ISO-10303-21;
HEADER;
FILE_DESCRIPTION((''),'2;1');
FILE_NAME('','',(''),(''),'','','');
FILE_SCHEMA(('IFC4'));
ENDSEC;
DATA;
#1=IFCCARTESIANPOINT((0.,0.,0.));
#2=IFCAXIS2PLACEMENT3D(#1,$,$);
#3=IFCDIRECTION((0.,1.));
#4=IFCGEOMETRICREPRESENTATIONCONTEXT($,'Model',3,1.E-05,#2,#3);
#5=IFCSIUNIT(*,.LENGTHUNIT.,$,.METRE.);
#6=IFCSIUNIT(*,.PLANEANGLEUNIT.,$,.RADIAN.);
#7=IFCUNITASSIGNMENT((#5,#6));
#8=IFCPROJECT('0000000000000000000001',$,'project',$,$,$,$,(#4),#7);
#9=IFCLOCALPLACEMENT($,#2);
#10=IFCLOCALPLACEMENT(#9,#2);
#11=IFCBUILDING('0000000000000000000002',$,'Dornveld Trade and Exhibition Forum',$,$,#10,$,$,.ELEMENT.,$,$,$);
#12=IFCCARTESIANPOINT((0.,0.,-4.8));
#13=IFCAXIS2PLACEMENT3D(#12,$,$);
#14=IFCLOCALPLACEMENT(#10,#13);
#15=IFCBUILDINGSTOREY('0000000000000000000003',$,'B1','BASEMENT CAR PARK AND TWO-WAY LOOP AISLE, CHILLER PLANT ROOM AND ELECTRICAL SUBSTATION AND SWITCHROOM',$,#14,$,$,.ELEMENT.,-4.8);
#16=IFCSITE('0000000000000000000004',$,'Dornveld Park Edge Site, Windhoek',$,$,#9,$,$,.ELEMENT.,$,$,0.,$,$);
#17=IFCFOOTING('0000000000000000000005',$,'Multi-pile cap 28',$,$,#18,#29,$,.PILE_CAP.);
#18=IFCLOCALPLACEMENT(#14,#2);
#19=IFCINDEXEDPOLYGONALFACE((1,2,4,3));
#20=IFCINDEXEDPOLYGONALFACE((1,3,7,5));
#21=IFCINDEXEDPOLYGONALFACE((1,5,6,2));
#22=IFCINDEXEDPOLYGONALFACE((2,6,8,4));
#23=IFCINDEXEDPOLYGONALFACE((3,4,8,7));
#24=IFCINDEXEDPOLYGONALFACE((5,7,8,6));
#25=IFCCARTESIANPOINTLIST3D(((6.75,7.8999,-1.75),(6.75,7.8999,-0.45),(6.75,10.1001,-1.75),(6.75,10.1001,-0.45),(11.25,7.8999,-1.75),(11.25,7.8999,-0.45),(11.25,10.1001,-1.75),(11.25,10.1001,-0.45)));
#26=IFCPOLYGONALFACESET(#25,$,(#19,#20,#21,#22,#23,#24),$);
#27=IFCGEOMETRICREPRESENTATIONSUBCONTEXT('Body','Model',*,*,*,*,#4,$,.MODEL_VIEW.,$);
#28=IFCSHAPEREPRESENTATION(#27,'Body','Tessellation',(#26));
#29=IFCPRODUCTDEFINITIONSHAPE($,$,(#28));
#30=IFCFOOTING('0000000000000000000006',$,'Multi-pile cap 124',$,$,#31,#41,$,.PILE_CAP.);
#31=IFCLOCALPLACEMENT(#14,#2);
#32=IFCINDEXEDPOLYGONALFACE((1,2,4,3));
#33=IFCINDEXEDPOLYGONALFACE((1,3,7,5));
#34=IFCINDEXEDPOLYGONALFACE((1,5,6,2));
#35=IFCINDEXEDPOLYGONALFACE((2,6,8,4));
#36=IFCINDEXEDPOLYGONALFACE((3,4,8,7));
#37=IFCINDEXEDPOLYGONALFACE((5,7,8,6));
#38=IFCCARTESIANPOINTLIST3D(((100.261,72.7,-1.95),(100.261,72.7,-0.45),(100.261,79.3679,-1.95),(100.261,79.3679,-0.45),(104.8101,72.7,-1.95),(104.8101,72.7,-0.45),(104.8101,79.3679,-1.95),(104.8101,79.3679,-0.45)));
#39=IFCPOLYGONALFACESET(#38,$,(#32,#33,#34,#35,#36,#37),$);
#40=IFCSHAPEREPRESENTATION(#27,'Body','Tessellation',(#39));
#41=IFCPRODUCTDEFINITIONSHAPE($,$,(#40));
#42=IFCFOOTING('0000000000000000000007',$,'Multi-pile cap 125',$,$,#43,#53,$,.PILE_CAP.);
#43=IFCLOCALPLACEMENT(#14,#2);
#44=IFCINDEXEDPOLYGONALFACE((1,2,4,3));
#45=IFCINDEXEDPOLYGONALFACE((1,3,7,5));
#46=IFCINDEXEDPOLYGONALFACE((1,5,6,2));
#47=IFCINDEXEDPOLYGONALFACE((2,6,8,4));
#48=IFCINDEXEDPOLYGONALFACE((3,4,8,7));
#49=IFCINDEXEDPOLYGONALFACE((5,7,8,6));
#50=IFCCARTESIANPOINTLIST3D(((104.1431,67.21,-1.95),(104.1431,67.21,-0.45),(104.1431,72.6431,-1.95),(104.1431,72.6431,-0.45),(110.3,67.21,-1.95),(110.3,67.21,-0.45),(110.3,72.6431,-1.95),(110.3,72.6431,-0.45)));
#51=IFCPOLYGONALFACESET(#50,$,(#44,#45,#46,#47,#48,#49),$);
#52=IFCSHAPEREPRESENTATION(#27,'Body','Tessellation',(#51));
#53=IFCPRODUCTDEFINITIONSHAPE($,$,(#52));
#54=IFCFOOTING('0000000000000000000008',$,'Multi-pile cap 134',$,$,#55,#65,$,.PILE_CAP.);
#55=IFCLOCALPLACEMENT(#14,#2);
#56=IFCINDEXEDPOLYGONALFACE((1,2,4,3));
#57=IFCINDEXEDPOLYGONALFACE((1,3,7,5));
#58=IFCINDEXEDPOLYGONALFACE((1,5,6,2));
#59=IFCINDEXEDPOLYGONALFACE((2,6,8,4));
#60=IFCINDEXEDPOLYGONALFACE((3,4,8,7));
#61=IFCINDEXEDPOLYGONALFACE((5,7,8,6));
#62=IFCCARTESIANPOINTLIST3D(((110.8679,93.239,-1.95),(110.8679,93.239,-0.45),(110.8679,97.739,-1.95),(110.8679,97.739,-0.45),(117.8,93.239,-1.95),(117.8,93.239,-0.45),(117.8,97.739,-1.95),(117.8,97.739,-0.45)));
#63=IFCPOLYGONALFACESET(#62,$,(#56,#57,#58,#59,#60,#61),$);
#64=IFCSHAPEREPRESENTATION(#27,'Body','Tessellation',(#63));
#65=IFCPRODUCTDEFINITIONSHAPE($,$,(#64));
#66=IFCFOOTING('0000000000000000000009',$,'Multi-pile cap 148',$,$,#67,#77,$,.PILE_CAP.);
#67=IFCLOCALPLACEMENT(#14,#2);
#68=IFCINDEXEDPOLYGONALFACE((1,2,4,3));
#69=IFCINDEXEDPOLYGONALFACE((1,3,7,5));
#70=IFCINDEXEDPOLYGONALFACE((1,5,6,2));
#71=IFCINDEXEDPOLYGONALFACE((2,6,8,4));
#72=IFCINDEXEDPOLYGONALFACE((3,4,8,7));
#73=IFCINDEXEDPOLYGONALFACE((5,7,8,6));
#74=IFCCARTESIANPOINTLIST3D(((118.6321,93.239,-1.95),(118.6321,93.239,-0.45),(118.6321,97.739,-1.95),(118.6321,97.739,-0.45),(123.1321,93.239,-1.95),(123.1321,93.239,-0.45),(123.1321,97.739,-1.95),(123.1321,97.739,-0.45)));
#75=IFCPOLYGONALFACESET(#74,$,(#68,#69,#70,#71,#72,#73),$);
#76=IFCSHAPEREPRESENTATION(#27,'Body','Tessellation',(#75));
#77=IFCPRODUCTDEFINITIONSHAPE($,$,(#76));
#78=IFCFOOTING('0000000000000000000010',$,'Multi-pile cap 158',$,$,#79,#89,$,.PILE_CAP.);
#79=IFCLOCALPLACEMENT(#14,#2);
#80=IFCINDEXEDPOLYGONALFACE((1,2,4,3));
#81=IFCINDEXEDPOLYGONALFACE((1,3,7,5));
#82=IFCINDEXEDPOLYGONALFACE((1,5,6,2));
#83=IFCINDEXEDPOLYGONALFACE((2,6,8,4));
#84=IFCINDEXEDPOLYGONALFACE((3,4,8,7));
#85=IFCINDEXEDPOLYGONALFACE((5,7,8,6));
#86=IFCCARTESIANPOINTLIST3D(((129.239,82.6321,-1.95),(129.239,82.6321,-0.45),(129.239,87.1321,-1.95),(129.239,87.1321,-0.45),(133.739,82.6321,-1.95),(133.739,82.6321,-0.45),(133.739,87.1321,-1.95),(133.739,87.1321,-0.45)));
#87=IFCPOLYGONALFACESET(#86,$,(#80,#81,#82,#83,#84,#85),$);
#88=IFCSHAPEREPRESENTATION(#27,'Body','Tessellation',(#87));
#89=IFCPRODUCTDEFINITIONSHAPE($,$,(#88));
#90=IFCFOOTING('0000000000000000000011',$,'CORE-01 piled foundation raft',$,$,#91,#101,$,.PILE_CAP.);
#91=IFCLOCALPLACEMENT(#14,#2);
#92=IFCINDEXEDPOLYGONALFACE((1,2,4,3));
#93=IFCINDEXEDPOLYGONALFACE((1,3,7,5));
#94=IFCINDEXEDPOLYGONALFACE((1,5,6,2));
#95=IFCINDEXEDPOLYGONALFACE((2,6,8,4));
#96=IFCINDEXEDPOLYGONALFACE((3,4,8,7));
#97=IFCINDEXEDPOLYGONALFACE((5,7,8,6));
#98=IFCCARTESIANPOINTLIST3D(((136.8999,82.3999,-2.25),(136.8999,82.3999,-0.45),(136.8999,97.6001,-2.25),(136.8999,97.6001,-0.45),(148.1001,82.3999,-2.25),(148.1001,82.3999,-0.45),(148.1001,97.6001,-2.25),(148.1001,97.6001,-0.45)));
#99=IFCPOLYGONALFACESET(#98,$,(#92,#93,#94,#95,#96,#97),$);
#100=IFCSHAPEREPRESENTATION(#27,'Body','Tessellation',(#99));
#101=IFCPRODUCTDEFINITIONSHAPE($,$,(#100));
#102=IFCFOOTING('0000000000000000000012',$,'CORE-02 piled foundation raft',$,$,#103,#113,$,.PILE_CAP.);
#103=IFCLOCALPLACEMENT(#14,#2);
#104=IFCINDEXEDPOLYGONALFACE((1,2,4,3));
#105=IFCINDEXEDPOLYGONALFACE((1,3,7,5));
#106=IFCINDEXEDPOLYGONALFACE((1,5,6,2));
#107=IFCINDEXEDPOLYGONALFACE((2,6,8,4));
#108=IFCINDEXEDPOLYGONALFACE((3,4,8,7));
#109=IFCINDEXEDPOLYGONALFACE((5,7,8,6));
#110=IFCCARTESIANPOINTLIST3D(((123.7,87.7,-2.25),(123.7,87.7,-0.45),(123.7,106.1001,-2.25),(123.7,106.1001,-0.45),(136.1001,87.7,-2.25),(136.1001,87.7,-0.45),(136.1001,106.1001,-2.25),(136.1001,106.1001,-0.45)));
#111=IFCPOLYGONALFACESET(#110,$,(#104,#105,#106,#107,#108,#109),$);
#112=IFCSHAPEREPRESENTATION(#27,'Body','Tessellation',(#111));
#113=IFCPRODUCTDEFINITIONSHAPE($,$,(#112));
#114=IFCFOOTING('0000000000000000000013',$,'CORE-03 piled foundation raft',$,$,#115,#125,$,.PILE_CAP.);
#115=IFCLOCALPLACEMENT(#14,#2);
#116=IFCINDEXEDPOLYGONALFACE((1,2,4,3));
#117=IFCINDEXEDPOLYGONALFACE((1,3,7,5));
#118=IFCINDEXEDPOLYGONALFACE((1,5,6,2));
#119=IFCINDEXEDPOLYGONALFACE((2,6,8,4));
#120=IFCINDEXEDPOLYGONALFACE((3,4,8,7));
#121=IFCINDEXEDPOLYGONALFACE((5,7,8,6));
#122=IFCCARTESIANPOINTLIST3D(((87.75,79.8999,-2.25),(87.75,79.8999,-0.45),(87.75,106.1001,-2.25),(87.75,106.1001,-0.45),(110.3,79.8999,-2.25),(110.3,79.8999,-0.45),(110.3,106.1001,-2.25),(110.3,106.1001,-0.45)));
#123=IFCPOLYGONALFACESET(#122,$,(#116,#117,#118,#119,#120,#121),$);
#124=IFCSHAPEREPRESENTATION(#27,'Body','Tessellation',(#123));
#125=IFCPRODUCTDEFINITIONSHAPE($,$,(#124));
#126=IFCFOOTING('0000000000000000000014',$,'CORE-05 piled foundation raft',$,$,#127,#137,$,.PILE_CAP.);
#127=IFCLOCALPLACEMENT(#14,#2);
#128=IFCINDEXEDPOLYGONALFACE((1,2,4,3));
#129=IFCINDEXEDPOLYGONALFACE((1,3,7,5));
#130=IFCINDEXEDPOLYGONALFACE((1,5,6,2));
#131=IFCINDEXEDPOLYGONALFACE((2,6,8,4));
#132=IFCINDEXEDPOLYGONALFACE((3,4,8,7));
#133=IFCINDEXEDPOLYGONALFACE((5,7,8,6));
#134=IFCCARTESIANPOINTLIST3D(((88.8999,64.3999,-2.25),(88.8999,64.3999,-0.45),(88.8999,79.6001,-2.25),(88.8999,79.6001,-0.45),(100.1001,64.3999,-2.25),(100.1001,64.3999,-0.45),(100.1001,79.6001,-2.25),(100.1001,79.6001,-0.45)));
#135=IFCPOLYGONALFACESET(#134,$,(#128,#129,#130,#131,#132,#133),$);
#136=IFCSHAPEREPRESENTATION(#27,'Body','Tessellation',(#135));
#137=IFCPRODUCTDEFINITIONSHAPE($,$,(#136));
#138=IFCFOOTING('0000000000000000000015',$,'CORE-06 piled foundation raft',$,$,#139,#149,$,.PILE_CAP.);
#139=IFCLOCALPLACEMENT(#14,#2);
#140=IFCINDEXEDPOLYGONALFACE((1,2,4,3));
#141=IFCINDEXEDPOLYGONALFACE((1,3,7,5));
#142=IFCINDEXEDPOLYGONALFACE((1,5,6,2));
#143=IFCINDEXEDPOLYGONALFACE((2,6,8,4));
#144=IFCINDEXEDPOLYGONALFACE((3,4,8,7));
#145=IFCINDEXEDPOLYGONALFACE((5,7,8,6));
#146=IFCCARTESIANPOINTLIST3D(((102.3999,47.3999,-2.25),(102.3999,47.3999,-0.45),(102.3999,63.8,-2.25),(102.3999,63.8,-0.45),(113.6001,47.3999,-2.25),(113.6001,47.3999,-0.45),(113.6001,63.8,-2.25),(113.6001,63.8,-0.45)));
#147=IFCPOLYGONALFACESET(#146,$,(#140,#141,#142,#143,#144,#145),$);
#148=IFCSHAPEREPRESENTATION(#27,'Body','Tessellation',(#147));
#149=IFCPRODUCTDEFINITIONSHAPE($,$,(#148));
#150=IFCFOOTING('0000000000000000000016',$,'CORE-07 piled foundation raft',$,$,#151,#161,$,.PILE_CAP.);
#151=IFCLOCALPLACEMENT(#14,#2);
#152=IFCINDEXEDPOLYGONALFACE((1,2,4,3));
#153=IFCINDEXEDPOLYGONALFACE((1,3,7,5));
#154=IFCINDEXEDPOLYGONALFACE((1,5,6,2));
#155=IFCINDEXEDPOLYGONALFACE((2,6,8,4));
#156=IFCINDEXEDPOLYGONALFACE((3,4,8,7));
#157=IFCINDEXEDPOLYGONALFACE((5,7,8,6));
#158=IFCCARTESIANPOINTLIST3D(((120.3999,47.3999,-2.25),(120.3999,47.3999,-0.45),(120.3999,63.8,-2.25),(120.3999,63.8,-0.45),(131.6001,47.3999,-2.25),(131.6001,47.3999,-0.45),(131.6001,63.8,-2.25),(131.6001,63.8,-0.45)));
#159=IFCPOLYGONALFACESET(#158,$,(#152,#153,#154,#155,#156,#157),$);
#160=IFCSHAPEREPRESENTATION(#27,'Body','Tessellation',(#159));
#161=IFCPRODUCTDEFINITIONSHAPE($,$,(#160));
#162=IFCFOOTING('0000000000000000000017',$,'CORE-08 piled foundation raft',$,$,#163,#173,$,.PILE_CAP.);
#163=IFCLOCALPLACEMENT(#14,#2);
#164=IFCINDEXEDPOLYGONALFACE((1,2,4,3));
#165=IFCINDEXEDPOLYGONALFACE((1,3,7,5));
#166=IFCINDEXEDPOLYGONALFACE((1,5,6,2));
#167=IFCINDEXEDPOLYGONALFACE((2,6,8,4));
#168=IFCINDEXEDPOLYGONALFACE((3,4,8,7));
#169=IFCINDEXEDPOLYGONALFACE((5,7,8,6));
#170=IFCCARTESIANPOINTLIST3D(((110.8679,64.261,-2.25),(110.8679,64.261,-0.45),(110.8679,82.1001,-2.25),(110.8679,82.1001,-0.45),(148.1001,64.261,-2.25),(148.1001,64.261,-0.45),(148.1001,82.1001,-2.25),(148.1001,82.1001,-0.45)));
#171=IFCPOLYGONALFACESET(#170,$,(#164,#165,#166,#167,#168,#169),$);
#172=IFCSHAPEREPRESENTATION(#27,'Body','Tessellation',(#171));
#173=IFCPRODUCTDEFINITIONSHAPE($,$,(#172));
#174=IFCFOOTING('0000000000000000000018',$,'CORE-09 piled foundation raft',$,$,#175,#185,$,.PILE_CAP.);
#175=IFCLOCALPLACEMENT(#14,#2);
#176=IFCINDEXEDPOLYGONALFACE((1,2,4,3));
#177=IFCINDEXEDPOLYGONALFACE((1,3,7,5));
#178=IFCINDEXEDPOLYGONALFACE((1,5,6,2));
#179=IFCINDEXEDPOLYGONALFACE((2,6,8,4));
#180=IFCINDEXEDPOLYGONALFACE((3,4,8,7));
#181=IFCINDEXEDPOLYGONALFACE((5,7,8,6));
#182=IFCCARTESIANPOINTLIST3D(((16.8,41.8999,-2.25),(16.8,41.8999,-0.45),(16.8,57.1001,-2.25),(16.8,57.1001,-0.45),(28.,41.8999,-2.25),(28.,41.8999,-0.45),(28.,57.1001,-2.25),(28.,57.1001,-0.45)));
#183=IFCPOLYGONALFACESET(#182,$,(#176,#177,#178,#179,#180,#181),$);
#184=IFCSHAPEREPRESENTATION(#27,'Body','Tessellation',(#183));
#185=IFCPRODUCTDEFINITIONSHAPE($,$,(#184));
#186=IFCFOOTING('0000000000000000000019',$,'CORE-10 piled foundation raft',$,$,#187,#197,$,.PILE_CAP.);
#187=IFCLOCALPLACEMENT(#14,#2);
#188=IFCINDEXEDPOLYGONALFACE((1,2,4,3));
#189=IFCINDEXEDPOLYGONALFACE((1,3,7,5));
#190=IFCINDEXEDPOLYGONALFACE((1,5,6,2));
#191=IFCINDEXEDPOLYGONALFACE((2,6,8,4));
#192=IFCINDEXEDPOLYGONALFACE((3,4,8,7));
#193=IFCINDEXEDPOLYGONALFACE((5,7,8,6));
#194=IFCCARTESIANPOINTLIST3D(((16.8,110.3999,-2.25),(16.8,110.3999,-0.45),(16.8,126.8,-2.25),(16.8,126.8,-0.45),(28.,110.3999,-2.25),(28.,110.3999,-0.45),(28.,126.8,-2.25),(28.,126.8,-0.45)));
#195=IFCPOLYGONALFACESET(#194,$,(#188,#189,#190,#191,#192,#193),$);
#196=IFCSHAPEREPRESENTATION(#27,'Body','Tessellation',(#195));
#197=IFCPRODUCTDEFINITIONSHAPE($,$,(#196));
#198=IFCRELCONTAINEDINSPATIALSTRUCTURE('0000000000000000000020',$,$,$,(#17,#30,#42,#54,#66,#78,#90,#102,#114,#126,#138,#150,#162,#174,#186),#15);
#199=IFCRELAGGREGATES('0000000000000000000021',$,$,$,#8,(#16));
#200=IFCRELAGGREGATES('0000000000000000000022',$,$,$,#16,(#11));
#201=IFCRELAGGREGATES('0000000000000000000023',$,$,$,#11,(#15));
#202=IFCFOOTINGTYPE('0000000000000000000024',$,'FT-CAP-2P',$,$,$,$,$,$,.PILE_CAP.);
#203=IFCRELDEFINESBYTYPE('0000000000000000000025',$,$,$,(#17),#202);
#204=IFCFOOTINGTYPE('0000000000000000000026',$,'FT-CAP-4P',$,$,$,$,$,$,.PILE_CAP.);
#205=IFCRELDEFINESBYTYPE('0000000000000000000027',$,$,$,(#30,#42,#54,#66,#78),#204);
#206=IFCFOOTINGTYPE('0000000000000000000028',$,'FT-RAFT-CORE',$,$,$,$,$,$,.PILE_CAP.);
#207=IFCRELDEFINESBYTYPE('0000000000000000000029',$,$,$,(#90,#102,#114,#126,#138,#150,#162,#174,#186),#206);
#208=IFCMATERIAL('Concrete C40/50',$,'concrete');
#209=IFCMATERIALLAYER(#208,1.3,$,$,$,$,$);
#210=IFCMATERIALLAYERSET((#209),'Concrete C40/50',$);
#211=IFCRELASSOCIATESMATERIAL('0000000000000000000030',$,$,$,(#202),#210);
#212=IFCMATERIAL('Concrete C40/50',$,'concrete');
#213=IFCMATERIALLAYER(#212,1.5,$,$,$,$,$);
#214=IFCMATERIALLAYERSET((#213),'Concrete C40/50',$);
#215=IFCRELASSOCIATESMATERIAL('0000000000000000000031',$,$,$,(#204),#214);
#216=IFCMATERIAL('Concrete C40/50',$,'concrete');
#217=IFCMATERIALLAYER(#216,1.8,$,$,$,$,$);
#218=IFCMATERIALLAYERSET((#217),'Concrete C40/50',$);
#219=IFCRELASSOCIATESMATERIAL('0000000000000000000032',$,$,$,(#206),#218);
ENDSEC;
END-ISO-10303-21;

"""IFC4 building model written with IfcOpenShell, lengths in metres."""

from ifc_helpers import new_model, si_unit, direction, frame, origin, place, context, subcontext, project, spatial, polyline, outline, extrude, material, layer, layer_set, type_object, element, save


model = new_model("IFC4")

# Units and contexts
model_context = context("Model", 3, precision=1e-05, world=origin(), true_north=direction((0.0, 1.0)))
body_context = subcontext(model_context, "Body", "Model", "MODEL_VIEW")
ifc_project = project(units=[si_unit("LENGTHUNIT", "METRE"), si_unit("PLANEANGLEUNIT", "RADIAN")], contexts=[model_context])

# Site, building, storey
site_placement = place(None, origin())
site = spatial("IfcSite", under=ifc_project, at=site_placement, Name="Dornveld Park Edge Site, Windhoek", CompositionType="ELEMENT", RefElevation=0.0)
building_placement = place(site_placement, origin())
building = spatial("IfcBuilding", under=site, at=building_placement, Name="Dornveld Trade and Exhibition Forum", CompositionType="ELEMENT")
storey_placement = place(building_placement, frame((0.0, 0.0, -4.8)))
storey = spatial("IfcBuildingStorey", under=building, at=storey_placement, Name="B1", Description="BASEMENT CAR PARK AND TWO-WAY LOOP AISLE, CHILLER PLANT ROOM AND ELECTRICAL SUBSTATION AND SWITCHROOM", CompositionType="ELEMENT", Elevation=-4.8)

# Footings
ifc_material_1 = material(Name="Concrete C40/50", Category="concrete")
ifc_layer_1 = layer(ifc_material_1, 1.3)
ifc_layer_set_1 = layer_set([ifc_layer_1], Name="Concrete C40/50")
footing_type_1 = type_object("IfcFootingType", Name="FT-CAP-2P", PredefinedType="PILE_CAP", material=ifc_layer_set_1)
footing_1_placement = place(storey_placement, frame((0.0, 0.0, -1.75)))
element("IfcFooting", 1, at=footing_1_placement, inside=storey, type_object=footing_type_1, Name="Multi-pile cap 28", PredefinedType="PILE_CAP", context=body_context, shape_type="SweptSolid", body=[
    extrude(outline(polyline([(6.75, 7.8999), (11.25, 7.8999), (11.25, 10.1001), (6.75, 10.1001), (6.75, 7.8999)])), origin(), (0.0, 0.0, 1.0), 1.3),
])
ifc_material_2 = material(Name="Concrete C40/50", Category="concrete")
ifc_layer_2 = layer(ifc_material_2, 1.5)
ifc_layer_set_2 = layer_set([ifc_layer_2], Name="Concrete C40/50")
footing_type_2 = type_object("IfcFootingType", Name="FT-CAP-4P", PredefinedType="PILE_CAP", material=ifc_layer_set_2)
footing_2_placement = place(storey_placement, frame((0.0, 0.0, -1.95)))
element("IfcFooting", 2, at=footing_2_placement, inside=storey, type_object=footing_type_2, Name="Multi-pile cap 124", PredefinedType="PILE_CAP", context=body_context, shape_type="SweptSolid", body=[
    extrude(outline(polyline([(100.261, 72.7), (104.8101, 72.7), (104.8101, 79.3679), (100.261, 79.3679), (100.261, 72.7)])), origin(), (0.0, 0.0, 1.0), 1.5),
])
footing_3_placement = place(storey_placement, frame((0.0, 0.0, -1.95)))
element("IfcFooting", 3, at=footing_3_placement, inside=storey, type_object=footing_type_2, Name="Multi-pile cap 125", PredefinedType="PILE_CAP", context=body_context, shape_type="SweptSolid", body=[
    extrude(outline(polyline([(104.1431, 67.21), (110.3, 67.21), (110.3, 72.6431), (104.1431, 72.6431), (104.1431, 67.21)])), origin(), (0.0, 0.0, 1.0), 1.5),
])
footing_4_placement = place(storey_placement, frame((0.0, 0.0, -1.95)))
element("IfcFooting", 4, at=footing_4_placement, inside=storey, type_object=footing_type_2, Name="Multi-pile cap 134", PredefinedType="PILE_CAP", context=body_context, shape_type="SweptSolid", body=[
    extrude(outline(polyline([(110.8679, 93.239), (117.8, 93.239), (117.8, 97.739), (110.8679, 97.739), (110.8679, 93.239)])), origin(), (0.0, 0.0, 1.0), 1.5),
])
footing_5_placement = place(storey_placement, frame((0.0, 0.0, -1.95)))
element("IfcFooting", 5, at=footing_5_placement, inside=storey, type_object=footing_type_2, Name="Multi-pile cap 148", PredefinedType="PILE_CAP", context=body_context, shape_type="SweptSolid", body=[
    extrude(outline(polyline([(118.6321, 93.239), (123.1321, 93.239), (123.1321, 97.739), (118.6321, 97.739), (118.6321, 93.239)])), origin(), (0.0, 0.0, 1.0), 1.5),
])
footing_6_placement = place(storey_placement, frame((0.0, 0.0, -1.95)))
element("IfcFooting", 6, at=footing_6_placement, inside=storey, type_object=footing_type_2, Name="Multi-pile cap 158", PredefinedType="PILE_CAP", context=body_context, shape_type="SweptSolid", body=[
    extrude(outline(polyline([(129.239, 82.6321), (133.739, 82.6321), (133.739, 87.1321), (129.239, 87.1321), (129.239, 82.6321)])), origin(), (0.0, 0.0, 1.0), 1.5),
])
ifc_material_3 = material(Name="Concrete C40/50", Category="concrete")
ifc_layer_3 = layer(ifc_material_3, 1.8)
ifc_layer_set_3 = layer_set([ifc_layer_3], Name="Concrete C40/50")
footing_type_3 = type_object("IfcFootingType", Name="FT-RAFT-CORE", PredefinedType="PILE_CAP", material=ifc_layer_set_3)
footing_7_placement = place(storey_placement, frame((0.0, 0.0, -2.25)))
element("IfcFooting", 7, at=footing_7_placement, inside=storey, type_object=footing_type_3, Name="CORE-01 piled foundation raft", PredefinedType="PILE_CAP", context=body_context, shape_type="SweptSolid", body=[
    extrude(outline(polyline([(136.8999, 82.3999), (148.1001, 82.3999), (148.1001, 97.6001), (136.8999, 97.6001), (136.8999, 82.3999)])), origin(), (0.0, 0.0, 1.0), 1.8),
])
footing_8_placement = place(storey_placement, frame((0.0, 0.0, -2.25)))
element("IfcFooting", 8, at=footing_8_placement, inside=storey, type_object=footing_type_3, Name="CORE-02 piled foundation raft", PredefinedType="PILE_CAP", context=body_context, shape_type="SweptSolid", body=[
    extrude(outline(polyline([(123.7, 87.7), (136.1001, 87.7), (136.1001, 106.1001), (123.7, 106.1001), (123.7, 87.7)])), origin(), (0.0, 0.0, 1.0), 1.8),
])
footing_9_placement = place(storey_placement, frame((0.0, 0.0, -2.25)))
element("IfcFooting", 9, at=footing_9_placement, inside=storey, type_object=footing_type_3, Name="CORE-03 piled foundation raft", PredefinedType="PILE_CAP", context=body_context, shape_type="SweptSolid", body=[
    extrude(outline(polyline([(87.75, 79.8999), (110.3, 79.8999), (110.3, 106.1001), (87.75, 106.1001), (87.75, 79.8999)])), origin(), (0.0, 0.0, 1.0), 1.8),
])
footing_10_placement = place(storey_placement, frame((0.0, 0.0, -2.25)))
element("IfcFooting", 10, at=footing_10_placement, inside=storey, type_object=footing_type_3, Name="CORE-05 piled foundation raft", PredefinedType="PILE_CAP", context=body_context, shape_type="SweptSolid", body=[
    extrude(outline(polyline([(88.8999, 64.3999), (100.1001, 64.3999), (100.1001, 79.6001), (88.8999, 79.6001), (88.8999, 64.3999)])), origin(), (0.0, 0.0, 1.0), 1.8),
])
footing_11_placement = place(storey_placement, frame((0.0, 0.0, -2.25)))
element("IfcFooting", 11, at=footing_11_placement, inside=storey, type_object=footing_type_3, Name="CORE-06 piled foundation raft", PredefinedType="PILE_CAP", context=body_context, shape_type="SweptSolid", body=[
    extrude(outline(polyline([(102.3999, 47.3999), (113.6001, 47.3999), (113.6001, 63.8), (102.3999, 63.8), (102.3999, 47.3999)])), origin(), (0.0, 0.0, 1.0), 1.8),
])
footing_12_placement = place(storey_placement, frame((0.0, 0.0, -2.25)))
element("IfcFooting", 12, at=footing_12_placement, inside=storey, type_object=footing_type_3, Name="CORE-07 piled foundation raft", PredefinedType="PILE_CAP", context=body_context, shape_type="SweptSolid", body=[
    extrude(outline(polyline([(120.3999, 47.3999), (131.6001, 47.3999), (131.6001, 63.8), (120.3999, 63.8), (120.3999, 47.3999)])), origin(), (0.0, 0.0, 1.0), 1.8),
])
footing_13_placement = place(storey_placement, frame((0.0, 0.0, -2.25)))
element("IfcFooting", 13, at=footing_13_placement, inside=storey, type_object=footing_type_3, Name="CORE-08 piled foundation raft", PredefinedType="PILE_CAP", context=body_context, shape_type="SweptSolid", body=[
    extrude(outline(polyline([(110.8679, 64.261), (148.1001, 64.261), (148.1001, 82.1001), (110.8679, 82.1001), (110.8679, 64.261)])), origin(), (0.0, 0.0, 1.0), 1.8),
])
footing_14_placement = place(storey_placement, frame((0.0, 0.0, -2.25)))
element("IfcFooting", 14, at=footing_14_placement, inside=storey, type_object=footing_type_3, Name="CORE-09 piled foundation raft", PredefinedType="PILE_CAP", context=body_context, shape_type="SweptSolid", body=[
    extrude(outline(polyline([(16.8, 41.8999), (28.0, 41.8999), (28.0, 57.1001), (16.8, 57.1001), (16.8, 41.8999)])), origin(), (0.0, 0.0, 1.0), 1.8),
])
footing_15_placement = place(storey_placement, frame((0.0, 0.0, -2.25)))
element("IfcFooting", 15, at=footing_15_placement, inside=storey, type_object=footing_type_3, Name="CORE-10 piled foundation raft", PredefinedType="PILE_CAP", context=body_context, shape_type="SweptSolid", body=[
    extrude(outline(polyline([(16.8, 110.3999), (28.0, 110.3999), (28.0, 126.8), (16.8, 126.8), (16.8, 110.3999)])), origin(), (0.0, 0.0, 1.0), 1.8),
])

save(model, "model.ifc")
